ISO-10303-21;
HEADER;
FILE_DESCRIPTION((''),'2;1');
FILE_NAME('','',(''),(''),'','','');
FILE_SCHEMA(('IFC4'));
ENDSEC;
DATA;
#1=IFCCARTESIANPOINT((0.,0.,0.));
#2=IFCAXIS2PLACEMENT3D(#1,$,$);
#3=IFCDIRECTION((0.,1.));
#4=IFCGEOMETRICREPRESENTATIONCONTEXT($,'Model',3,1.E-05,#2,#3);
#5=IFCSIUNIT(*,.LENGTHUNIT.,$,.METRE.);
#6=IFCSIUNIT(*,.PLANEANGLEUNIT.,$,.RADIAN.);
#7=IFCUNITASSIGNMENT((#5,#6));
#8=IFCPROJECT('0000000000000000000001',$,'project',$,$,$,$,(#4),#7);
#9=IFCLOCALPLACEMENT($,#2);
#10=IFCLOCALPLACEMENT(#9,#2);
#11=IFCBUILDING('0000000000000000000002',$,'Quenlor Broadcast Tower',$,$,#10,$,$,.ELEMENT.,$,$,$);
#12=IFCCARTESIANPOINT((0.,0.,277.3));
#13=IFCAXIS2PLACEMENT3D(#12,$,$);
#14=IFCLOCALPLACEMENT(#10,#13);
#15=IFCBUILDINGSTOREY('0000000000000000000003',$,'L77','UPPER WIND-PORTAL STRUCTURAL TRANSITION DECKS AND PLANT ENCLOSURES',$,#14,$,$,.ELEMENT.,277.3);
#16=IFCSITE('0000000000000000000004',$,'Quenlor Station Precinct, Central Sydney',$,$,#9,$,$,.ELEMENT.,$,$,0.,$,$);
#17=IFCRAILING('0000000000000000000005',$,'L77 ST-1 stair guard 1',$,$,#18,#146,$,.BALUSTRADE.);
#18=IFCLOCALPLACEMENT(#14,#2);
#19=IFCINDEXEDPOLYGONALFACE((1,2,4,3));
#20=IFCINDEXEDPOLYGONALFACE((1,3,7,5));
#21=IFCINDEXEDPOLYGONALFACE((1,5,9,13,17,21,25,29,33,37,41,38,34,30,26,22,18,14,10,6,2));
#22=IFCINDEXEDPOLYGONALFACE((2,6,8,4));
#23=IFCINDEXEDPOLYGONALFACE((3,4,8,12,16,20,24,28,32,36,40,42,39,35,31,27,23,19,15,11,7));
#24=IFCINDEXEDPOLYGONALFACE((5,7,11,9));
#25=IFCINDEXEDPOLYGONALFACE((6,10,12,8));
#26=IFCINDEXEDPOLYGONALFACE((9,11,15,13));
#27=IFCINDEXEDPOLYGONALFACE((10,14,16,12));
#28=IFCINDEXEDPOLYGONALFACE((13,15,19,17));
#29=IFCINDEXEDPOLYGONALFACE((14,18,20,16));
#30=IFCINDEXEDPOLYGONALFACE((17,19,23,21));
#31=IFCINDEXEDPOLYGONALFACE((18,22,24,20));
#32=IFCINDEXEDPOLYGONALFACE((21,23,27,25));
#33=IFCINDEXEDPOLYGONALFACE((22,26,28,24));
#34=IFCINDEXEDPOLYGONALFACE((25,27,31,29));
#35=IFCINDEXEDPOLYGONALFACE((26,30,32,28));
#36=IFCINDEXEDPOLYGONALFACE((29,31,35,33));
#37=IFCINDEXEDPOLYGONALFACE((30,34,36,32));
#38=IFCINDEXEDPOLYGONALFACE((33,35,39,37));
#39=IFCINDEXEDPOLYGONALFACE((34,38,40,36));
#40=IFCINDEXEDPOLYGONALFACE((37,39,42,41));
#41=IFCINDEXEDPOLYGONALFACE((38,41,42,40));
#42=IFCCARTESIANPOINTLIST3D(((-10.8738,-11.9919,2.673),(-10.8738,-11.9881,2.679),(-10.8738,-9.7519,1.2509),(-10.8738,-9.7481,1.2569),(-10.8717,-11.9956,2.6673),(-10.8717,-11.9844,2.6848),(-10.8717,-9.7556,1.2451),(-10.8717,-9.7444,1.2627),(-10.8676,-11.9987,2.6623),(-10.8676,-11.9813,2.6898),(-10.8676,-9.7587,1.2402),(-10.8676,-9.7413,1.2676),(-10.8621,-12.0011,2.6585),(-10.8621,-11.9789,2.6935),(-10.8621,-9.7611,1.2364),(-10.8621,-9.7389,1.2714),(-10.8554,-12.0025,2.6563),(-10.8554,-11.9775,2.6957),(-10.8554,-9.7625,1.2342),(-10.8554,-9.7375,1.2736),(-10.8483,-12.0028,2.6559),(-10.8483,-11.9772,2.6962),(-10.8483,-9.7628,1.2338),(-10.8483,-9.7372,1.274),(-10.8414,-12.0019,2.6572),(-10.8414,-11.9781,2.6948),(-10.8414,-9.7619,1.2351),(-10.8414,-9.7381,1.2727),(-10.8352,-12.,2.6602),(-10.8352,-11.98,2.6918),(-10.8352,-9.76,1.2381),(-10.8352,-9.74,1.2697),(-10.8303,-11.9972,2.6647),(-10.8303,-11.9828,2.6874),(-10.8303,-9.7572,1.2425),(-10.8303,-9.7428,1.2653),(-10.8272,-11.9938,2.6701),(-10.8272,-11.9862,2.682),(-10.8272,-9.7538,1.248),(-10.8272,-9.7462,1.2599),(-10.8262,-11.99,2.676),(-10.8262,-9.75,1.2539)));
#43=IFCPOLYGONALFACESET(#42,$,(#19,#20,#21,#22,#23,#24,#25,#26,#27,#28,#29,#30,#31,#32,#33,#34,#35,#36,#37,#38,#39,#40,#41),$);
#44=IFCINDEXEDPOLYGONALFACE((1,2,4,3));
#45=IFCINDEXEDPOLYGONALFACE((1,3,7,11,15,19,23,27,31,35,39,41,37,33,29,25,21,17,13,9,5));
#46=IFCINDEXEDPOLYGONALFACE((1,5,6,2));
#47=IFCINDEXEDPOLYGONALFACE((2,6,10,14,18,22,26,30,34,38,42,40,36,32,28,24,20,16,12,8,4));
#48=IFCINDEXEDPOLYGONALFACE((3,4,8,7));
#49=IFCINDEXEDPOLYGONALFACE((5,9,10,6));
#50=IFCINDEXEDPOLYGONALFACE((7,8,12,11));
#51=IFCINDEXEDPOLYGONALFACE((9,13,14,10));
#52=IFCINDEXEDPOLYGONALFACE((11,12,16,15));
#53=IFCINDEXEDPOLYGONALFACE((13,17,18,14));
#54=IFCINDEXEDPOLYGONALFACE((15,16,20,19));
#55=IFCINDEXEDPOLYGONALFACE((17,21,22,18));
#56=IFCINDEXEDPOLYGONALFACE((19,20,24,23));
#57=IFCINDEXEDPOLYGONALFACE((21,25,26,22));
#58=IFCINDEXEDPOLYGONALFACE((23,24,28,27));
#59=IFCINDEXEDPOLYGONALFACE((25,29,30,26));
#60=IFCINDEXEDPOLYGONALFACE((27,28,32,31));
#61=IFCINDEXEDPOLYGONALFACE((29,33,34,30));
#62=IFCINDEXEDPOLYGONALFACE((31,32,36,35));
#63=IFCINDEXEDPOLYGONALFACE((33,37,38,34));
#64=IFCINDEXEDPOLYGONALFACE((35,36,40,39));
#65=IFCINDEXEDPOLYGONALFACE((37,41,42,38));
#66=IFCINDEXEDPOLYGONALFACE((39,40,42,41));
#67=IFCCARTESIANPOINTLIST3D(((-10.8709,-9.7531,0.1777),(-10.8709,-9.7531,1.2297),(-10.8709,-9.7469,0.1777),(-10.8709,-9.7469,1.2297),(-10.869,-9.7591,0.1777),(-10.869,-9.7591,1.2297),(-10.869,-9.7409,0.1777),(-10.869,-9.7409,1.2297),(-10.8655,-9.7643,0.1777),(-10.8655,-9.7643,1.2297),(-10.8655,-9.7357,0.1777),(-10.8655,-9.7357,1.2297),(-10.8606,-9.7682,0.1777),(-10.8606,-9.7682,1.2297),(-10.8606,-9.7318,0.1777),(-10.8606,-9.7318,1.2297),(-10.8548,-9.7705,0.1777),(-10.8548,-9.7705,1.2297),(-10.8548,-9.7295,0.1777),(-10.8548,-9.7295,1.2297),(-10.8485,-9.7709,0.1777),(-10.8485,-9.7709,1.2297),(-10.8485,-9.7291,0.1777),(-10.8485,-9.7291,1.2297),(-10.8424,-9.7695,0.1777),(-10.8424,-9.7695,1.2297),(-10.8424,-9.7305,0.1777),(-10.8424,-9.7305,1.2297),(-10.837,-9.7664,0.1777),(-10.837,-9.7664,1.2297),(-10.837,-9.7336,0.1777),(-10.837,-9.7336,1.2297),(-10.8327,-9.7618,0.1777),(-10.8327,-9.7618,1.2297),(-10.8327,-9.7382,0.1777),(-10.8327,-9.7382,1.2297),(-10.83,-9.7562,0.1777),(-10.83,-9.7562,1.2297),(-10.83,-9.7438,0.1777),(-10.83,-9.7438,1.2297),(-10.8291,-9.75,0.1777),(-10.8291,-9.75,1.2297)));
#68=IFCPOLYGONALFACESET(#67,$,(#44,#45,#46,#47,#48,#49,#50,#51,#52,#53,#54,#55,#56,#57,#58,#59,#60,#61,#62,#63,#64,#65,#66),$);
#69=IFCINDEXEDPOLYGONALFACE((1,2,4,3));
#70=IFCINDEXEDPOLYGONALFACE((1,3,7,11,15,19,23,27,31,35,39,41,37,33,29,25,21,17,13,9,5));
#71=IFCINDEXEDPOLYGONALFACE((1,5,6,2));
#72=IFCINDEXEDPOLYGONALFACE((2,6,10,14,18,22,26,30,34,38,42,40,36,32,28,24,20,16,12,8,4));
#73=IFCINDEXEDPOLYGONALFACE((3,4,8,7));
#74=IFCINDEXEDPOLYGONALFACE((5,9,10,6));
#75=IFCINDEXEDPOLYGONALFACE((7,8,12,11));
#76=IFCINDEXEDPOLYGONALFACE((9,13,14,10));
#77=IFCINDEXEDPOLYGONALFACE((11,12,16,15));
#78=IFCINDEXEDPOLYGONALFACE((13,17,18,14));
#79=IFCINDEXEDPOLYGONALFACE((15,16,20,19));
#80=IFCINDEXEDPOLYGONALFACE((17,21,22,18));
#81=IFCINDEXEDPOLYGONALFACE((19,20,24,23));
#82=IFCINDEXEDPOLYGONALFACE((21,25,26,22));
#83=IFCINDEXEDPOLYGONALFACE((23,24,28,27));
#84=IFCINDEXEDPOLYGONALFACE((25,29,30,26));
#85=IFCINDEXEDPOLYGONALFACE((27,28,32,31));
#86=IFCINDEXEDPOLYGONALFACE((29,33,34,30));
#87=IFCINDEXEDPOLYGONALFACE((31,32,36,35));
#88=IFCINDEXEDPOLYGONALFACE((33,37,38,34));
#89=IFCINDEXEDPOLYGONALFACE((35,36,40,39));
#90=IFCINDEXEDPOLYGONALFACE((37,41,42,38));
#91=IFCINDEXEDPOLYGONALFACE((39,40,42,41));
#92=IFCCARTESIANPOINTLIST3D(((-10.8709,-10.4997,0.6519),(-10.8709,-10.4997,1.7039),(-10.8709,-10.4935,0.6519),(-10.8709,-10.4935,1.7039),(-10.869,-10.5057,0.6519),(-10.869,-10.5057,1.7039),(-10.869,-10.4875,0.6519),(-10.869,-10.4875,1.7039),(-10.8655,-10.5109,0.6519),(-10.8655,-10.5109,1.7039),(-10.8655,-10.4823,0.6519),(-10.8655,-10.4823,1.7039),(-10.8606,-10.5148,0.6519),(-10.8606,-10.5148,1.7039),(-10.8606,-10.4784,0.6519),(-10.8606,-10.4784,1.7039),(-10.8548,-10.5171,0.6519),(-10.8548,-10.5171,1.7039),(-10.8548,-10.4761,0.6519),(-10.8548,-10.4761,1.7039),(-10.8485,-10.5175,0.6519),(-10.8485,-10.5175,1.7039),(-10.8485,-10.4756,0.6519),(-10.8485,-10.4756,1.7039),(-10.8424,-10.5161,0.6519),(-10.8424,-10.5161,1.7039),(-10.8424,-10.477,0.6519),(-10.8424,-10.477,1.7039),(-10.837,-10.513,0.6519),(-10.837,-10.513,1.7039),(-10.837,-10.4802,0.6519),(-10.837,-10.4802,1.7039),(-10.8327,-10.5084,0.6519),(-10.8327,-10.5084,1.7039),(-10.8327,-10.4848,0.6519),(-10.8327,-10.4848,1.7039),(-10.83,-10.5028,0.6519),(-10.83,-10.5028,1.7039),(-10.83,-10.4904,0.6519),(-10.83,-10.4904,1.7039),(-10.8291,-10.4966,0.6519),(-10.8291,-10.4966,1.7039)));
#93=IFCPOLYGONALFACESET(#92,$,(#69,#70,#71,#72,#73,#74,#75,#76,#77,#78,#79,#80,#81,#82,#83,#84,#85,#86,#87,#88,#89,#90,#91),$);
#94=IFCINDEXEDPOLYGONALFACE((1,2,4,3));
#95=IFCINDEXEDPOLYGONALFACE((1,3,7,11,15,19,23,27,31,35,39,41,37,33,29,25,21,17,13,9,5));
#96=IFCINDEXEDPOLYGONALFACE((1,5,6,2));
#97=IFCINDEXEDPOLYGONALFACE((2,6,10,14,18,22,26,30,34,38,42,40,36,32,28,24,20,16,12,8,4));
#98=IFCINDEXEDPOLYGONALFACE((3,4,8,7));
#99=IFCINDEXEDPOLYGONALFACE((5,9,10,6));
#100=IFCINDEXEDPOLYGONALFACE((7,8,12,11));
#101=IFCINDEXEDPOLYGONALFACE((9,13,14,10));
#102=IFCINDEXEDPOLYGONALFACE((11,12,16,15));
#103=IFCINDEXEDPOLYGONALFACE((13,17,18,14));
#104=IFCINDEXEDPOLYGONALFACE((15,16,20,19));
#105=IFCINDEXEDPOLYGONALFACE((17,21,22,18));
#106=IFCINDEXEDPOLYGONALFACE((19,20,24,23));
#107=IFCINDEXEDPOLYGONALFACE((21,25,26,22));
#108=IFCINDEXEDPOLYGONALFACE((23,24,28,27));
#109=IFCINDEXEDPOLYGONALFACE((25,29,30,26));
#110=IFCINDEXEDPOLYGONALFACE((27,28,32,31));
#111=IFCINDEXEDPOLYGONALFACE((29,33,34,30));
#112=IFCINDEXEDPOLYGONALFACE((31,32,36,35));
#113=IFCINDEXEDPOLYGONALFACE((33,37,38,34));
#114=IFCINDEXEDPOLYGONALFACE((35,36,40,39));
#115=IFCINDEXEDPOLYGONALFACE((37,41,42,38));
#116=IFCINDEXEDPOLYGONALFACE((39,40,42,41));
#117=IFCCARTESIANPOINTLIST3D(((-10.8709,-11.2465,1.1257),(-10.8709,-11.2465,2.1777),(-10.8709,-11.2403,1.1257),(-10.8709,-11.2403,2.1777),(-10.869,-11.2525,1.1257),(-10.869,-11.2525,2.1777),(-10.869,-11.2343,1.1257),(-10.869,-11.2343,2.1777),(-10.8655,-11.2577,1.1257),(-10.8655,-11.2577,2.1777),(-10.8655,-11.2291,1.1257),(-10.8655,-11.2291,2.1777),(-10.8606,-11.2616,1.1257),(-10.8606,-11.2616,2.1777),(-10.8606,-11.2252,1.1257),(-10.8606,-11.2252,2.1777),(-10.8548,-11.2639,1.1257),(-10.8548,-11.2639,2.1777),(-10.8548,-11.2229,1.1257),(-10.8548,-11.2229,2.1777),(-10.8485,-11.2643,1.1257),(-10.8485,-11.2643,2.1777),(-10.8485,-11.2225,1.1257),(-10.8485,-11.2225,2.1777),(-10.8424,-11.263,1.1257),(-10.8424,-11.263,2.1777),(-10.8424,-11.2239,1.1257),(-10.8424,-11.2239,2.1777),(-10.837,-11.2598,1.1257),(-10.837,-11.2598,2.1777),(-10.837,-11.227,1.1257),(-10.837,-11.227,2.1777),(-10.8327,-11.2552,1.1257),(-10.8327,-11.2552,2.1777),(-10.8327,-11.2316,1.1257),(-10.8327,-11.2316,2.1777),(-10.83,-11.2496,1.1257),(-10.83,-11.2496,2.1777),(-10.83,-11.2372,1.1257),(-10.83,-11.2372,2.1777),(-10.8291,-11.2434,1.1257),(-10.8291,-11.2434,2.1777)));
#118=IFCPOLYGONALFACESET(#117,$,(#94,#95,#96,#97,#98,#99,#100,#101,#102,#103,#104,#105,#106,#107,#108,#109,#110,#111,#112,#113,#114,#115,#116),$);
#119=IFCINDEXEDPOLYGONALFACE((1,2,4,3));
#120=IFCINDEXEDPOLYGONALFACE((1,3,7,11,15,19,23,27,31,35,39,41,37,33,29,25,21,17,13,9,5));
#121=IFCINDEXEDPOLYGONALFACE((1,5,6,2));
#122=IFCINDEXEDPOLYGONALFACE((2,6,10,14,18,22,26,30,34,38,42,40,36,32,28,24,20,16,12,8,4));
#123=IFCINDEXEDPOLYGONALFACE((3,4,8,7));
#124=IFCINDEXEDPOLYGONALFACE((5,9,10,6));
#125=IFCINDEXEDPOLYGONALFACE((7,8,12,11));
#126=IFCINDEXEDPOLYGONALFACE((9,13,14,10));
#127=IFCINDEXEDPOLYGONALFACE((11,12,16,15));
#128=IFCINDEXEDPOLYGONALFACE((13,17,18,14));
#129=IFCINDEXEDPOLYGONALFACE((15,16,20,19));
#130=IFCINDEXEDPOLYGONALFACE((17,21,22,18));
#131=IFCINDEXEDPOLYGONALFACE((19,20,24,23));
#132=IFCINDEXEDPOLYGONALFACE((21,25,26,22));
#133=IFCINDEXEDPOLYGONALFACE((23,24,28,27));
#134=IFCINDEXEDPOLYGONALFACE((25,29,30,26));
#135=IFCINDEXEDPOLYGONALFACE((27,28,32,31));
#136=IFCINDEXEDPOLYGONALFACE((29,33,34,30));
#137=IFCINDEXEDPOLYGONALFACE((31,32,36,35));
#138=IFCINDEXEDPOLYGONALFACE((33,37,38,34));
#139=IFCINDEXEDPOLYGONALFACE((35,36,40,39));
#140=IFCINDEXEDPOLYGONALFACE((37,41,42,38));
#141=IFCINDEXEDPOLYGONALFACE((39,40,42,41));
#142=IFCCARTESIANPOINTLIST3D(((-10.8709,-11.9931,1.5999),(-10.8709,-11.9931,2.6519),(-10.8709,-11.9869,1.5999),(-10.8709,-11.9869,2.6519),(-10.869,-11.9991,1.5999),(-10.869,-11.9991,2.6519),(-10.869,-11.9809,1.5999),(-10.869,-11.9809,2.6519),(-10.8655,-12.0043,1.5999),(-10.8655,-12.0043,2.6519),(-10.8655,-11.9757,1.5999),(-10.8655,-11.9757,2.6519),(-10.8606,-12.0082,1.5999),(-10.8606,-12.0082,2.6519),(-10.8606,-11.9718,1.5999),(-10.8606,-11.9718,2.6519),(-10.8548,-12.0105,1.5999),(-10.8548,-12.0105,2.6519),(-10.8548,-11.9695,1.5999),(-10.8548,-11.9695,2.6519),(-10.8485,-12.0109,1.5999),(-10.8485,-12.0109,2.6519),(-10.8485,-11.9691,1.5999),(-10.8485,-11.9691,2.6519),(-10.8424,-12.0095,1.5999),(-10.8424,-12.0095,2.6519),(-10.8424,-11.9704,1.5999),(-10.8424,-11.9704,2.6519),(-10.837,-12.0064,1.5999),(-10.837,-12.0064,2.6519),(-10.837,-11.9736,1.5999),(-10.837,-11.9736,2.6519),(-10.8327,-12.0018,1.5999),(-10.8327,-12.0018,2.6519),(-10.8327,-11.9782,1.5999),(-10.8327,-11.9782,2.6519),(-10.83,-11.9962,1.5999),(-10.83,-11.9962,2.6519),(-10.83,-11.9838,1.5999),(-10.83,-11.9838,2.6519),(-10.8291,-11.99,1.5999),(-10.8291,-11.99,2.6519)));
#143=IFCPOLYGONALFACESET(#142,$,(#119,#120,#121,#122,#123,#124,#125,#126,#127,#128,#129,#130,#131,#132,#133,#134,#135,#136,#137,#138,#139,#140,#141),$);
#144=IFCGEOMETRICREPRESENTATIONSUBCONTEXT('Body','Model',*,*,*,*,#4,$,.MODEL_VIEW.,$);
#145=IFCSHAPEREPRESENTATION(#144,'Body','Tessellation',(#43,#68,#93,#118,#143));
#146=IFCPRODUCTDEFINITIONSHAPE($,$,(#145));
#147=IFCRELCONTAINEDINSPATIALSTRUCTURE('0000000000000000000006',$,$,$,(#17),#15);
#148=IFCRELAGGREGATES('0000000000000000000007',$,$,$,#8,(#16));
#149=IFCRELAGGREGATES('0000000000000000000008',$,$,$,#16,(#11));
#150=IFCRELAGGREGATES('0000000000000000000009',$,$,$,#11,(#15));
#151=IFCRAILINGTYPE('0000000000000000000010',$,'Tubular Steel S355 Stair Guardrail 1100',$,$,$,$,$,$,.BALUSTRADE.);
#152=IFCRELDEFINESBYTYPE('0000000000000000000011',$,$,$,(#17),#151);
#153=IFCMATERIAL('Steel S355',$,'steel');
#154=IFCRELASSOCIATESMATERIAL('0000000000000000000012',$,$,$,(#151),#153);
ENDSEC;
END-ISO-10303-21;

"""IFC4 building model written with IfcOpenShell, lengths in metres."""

from ifc_helpers import new_model, si_unit, direction, frame, origin, origin_2d, place, context, subcontext, project, spatial, circle, extrude, material, type_object, element, save


model = new_model("IFC4")

# Units and contexts
model_context = context("Model", 3, precision=1e-05, world=origin(), true_north=direction((0.0, 1.0)))
body_context = subcontext(model_context, "Body", "Model", "MODEL_VIEW")
ifc_project = project(units=[si_unit("LENGTHUNIT", "METRE"), si_unit("PLANEANGLEUNIT", "RADIAN")], contexts=[model_context])

# Site, building, storey
site_placement = place(None, origin())
site = spatial("IfcSite", under=ifc_project, at=site_placement, Name="Quenlor Station Precinct, Central Sydney", CompositionType="ELEMENT", RefElevation=0.0)
building_placement = place(site_placement, origin())
building = spatial("IfcBuilding", under=site, at=building_placement, Name="Quenlor Broadcast Tower", CompositionType="ELEMENT")
storey_placement = place(building_placement, frame((0.0, 0.0, 277.3)))
storey = spatial("IfcBuildingStorey", under=building, at=storey_placement, Name="L77", Description="UPPER WIND-PORTAL STRUCTURAL TRANSITION DECKS AND PLANT ENCLOSURES", CompositionType="ELEMENT", Elevation=277.3)

# Railing
ifc_material_1 = material(Name="Steel S355", Category="steel")
railing_type_1 = type_object("IfcRailingType", Name="Tubular Steel S355 Stair Guardrail 1100", PredefinedType="BALUSTRADE", material=ifc_material_1)
railing_1_placement = place(storey_placement, frame((-10.8501, -9.75, 0.1777)))
element("IfcRailing", 1, at=railing_1_placement, inside=storey, type_object=railing_type_1, Name="L77 ST-1 stair guard 1", PredefinedType="BALUSTRADE", context=body_context, shape_type="SweptSolid", body=[
    extrude(circle(Radius=0.0239, at=origin_2d()), frame((0.0, 0.0, 1.0762), z_axis=(0.0, -0.844229, 0.535982), x_axis=(1.0, 0.0, 0.0)), (0.0, 0.0, 1.0), 2.6533),
    extrude(circle(Radius=0.021, at=origin_2d()), origin(), (0.0, 0.0, 1.0), 1.052),
    extrude(circle(Radius=0.021, at=origin_2d()), frame((0.0, -0.7466, 0.4741)), (0.0, 0.0, 1.0), 1.052),
    extrude(circle(Radius=0.021, at=origin_2d()), frame((0.0, -1.4934, 0.948)), (0.0, 0.0, 1.0), 1.052),
    extrude(circle(Radius=0.021, at=origin_2d()), frame((0.0, -2.24, 1.4221)), (0.0, 0.0, 1.0), 1.052),
])

save(model, "model.ifc")
